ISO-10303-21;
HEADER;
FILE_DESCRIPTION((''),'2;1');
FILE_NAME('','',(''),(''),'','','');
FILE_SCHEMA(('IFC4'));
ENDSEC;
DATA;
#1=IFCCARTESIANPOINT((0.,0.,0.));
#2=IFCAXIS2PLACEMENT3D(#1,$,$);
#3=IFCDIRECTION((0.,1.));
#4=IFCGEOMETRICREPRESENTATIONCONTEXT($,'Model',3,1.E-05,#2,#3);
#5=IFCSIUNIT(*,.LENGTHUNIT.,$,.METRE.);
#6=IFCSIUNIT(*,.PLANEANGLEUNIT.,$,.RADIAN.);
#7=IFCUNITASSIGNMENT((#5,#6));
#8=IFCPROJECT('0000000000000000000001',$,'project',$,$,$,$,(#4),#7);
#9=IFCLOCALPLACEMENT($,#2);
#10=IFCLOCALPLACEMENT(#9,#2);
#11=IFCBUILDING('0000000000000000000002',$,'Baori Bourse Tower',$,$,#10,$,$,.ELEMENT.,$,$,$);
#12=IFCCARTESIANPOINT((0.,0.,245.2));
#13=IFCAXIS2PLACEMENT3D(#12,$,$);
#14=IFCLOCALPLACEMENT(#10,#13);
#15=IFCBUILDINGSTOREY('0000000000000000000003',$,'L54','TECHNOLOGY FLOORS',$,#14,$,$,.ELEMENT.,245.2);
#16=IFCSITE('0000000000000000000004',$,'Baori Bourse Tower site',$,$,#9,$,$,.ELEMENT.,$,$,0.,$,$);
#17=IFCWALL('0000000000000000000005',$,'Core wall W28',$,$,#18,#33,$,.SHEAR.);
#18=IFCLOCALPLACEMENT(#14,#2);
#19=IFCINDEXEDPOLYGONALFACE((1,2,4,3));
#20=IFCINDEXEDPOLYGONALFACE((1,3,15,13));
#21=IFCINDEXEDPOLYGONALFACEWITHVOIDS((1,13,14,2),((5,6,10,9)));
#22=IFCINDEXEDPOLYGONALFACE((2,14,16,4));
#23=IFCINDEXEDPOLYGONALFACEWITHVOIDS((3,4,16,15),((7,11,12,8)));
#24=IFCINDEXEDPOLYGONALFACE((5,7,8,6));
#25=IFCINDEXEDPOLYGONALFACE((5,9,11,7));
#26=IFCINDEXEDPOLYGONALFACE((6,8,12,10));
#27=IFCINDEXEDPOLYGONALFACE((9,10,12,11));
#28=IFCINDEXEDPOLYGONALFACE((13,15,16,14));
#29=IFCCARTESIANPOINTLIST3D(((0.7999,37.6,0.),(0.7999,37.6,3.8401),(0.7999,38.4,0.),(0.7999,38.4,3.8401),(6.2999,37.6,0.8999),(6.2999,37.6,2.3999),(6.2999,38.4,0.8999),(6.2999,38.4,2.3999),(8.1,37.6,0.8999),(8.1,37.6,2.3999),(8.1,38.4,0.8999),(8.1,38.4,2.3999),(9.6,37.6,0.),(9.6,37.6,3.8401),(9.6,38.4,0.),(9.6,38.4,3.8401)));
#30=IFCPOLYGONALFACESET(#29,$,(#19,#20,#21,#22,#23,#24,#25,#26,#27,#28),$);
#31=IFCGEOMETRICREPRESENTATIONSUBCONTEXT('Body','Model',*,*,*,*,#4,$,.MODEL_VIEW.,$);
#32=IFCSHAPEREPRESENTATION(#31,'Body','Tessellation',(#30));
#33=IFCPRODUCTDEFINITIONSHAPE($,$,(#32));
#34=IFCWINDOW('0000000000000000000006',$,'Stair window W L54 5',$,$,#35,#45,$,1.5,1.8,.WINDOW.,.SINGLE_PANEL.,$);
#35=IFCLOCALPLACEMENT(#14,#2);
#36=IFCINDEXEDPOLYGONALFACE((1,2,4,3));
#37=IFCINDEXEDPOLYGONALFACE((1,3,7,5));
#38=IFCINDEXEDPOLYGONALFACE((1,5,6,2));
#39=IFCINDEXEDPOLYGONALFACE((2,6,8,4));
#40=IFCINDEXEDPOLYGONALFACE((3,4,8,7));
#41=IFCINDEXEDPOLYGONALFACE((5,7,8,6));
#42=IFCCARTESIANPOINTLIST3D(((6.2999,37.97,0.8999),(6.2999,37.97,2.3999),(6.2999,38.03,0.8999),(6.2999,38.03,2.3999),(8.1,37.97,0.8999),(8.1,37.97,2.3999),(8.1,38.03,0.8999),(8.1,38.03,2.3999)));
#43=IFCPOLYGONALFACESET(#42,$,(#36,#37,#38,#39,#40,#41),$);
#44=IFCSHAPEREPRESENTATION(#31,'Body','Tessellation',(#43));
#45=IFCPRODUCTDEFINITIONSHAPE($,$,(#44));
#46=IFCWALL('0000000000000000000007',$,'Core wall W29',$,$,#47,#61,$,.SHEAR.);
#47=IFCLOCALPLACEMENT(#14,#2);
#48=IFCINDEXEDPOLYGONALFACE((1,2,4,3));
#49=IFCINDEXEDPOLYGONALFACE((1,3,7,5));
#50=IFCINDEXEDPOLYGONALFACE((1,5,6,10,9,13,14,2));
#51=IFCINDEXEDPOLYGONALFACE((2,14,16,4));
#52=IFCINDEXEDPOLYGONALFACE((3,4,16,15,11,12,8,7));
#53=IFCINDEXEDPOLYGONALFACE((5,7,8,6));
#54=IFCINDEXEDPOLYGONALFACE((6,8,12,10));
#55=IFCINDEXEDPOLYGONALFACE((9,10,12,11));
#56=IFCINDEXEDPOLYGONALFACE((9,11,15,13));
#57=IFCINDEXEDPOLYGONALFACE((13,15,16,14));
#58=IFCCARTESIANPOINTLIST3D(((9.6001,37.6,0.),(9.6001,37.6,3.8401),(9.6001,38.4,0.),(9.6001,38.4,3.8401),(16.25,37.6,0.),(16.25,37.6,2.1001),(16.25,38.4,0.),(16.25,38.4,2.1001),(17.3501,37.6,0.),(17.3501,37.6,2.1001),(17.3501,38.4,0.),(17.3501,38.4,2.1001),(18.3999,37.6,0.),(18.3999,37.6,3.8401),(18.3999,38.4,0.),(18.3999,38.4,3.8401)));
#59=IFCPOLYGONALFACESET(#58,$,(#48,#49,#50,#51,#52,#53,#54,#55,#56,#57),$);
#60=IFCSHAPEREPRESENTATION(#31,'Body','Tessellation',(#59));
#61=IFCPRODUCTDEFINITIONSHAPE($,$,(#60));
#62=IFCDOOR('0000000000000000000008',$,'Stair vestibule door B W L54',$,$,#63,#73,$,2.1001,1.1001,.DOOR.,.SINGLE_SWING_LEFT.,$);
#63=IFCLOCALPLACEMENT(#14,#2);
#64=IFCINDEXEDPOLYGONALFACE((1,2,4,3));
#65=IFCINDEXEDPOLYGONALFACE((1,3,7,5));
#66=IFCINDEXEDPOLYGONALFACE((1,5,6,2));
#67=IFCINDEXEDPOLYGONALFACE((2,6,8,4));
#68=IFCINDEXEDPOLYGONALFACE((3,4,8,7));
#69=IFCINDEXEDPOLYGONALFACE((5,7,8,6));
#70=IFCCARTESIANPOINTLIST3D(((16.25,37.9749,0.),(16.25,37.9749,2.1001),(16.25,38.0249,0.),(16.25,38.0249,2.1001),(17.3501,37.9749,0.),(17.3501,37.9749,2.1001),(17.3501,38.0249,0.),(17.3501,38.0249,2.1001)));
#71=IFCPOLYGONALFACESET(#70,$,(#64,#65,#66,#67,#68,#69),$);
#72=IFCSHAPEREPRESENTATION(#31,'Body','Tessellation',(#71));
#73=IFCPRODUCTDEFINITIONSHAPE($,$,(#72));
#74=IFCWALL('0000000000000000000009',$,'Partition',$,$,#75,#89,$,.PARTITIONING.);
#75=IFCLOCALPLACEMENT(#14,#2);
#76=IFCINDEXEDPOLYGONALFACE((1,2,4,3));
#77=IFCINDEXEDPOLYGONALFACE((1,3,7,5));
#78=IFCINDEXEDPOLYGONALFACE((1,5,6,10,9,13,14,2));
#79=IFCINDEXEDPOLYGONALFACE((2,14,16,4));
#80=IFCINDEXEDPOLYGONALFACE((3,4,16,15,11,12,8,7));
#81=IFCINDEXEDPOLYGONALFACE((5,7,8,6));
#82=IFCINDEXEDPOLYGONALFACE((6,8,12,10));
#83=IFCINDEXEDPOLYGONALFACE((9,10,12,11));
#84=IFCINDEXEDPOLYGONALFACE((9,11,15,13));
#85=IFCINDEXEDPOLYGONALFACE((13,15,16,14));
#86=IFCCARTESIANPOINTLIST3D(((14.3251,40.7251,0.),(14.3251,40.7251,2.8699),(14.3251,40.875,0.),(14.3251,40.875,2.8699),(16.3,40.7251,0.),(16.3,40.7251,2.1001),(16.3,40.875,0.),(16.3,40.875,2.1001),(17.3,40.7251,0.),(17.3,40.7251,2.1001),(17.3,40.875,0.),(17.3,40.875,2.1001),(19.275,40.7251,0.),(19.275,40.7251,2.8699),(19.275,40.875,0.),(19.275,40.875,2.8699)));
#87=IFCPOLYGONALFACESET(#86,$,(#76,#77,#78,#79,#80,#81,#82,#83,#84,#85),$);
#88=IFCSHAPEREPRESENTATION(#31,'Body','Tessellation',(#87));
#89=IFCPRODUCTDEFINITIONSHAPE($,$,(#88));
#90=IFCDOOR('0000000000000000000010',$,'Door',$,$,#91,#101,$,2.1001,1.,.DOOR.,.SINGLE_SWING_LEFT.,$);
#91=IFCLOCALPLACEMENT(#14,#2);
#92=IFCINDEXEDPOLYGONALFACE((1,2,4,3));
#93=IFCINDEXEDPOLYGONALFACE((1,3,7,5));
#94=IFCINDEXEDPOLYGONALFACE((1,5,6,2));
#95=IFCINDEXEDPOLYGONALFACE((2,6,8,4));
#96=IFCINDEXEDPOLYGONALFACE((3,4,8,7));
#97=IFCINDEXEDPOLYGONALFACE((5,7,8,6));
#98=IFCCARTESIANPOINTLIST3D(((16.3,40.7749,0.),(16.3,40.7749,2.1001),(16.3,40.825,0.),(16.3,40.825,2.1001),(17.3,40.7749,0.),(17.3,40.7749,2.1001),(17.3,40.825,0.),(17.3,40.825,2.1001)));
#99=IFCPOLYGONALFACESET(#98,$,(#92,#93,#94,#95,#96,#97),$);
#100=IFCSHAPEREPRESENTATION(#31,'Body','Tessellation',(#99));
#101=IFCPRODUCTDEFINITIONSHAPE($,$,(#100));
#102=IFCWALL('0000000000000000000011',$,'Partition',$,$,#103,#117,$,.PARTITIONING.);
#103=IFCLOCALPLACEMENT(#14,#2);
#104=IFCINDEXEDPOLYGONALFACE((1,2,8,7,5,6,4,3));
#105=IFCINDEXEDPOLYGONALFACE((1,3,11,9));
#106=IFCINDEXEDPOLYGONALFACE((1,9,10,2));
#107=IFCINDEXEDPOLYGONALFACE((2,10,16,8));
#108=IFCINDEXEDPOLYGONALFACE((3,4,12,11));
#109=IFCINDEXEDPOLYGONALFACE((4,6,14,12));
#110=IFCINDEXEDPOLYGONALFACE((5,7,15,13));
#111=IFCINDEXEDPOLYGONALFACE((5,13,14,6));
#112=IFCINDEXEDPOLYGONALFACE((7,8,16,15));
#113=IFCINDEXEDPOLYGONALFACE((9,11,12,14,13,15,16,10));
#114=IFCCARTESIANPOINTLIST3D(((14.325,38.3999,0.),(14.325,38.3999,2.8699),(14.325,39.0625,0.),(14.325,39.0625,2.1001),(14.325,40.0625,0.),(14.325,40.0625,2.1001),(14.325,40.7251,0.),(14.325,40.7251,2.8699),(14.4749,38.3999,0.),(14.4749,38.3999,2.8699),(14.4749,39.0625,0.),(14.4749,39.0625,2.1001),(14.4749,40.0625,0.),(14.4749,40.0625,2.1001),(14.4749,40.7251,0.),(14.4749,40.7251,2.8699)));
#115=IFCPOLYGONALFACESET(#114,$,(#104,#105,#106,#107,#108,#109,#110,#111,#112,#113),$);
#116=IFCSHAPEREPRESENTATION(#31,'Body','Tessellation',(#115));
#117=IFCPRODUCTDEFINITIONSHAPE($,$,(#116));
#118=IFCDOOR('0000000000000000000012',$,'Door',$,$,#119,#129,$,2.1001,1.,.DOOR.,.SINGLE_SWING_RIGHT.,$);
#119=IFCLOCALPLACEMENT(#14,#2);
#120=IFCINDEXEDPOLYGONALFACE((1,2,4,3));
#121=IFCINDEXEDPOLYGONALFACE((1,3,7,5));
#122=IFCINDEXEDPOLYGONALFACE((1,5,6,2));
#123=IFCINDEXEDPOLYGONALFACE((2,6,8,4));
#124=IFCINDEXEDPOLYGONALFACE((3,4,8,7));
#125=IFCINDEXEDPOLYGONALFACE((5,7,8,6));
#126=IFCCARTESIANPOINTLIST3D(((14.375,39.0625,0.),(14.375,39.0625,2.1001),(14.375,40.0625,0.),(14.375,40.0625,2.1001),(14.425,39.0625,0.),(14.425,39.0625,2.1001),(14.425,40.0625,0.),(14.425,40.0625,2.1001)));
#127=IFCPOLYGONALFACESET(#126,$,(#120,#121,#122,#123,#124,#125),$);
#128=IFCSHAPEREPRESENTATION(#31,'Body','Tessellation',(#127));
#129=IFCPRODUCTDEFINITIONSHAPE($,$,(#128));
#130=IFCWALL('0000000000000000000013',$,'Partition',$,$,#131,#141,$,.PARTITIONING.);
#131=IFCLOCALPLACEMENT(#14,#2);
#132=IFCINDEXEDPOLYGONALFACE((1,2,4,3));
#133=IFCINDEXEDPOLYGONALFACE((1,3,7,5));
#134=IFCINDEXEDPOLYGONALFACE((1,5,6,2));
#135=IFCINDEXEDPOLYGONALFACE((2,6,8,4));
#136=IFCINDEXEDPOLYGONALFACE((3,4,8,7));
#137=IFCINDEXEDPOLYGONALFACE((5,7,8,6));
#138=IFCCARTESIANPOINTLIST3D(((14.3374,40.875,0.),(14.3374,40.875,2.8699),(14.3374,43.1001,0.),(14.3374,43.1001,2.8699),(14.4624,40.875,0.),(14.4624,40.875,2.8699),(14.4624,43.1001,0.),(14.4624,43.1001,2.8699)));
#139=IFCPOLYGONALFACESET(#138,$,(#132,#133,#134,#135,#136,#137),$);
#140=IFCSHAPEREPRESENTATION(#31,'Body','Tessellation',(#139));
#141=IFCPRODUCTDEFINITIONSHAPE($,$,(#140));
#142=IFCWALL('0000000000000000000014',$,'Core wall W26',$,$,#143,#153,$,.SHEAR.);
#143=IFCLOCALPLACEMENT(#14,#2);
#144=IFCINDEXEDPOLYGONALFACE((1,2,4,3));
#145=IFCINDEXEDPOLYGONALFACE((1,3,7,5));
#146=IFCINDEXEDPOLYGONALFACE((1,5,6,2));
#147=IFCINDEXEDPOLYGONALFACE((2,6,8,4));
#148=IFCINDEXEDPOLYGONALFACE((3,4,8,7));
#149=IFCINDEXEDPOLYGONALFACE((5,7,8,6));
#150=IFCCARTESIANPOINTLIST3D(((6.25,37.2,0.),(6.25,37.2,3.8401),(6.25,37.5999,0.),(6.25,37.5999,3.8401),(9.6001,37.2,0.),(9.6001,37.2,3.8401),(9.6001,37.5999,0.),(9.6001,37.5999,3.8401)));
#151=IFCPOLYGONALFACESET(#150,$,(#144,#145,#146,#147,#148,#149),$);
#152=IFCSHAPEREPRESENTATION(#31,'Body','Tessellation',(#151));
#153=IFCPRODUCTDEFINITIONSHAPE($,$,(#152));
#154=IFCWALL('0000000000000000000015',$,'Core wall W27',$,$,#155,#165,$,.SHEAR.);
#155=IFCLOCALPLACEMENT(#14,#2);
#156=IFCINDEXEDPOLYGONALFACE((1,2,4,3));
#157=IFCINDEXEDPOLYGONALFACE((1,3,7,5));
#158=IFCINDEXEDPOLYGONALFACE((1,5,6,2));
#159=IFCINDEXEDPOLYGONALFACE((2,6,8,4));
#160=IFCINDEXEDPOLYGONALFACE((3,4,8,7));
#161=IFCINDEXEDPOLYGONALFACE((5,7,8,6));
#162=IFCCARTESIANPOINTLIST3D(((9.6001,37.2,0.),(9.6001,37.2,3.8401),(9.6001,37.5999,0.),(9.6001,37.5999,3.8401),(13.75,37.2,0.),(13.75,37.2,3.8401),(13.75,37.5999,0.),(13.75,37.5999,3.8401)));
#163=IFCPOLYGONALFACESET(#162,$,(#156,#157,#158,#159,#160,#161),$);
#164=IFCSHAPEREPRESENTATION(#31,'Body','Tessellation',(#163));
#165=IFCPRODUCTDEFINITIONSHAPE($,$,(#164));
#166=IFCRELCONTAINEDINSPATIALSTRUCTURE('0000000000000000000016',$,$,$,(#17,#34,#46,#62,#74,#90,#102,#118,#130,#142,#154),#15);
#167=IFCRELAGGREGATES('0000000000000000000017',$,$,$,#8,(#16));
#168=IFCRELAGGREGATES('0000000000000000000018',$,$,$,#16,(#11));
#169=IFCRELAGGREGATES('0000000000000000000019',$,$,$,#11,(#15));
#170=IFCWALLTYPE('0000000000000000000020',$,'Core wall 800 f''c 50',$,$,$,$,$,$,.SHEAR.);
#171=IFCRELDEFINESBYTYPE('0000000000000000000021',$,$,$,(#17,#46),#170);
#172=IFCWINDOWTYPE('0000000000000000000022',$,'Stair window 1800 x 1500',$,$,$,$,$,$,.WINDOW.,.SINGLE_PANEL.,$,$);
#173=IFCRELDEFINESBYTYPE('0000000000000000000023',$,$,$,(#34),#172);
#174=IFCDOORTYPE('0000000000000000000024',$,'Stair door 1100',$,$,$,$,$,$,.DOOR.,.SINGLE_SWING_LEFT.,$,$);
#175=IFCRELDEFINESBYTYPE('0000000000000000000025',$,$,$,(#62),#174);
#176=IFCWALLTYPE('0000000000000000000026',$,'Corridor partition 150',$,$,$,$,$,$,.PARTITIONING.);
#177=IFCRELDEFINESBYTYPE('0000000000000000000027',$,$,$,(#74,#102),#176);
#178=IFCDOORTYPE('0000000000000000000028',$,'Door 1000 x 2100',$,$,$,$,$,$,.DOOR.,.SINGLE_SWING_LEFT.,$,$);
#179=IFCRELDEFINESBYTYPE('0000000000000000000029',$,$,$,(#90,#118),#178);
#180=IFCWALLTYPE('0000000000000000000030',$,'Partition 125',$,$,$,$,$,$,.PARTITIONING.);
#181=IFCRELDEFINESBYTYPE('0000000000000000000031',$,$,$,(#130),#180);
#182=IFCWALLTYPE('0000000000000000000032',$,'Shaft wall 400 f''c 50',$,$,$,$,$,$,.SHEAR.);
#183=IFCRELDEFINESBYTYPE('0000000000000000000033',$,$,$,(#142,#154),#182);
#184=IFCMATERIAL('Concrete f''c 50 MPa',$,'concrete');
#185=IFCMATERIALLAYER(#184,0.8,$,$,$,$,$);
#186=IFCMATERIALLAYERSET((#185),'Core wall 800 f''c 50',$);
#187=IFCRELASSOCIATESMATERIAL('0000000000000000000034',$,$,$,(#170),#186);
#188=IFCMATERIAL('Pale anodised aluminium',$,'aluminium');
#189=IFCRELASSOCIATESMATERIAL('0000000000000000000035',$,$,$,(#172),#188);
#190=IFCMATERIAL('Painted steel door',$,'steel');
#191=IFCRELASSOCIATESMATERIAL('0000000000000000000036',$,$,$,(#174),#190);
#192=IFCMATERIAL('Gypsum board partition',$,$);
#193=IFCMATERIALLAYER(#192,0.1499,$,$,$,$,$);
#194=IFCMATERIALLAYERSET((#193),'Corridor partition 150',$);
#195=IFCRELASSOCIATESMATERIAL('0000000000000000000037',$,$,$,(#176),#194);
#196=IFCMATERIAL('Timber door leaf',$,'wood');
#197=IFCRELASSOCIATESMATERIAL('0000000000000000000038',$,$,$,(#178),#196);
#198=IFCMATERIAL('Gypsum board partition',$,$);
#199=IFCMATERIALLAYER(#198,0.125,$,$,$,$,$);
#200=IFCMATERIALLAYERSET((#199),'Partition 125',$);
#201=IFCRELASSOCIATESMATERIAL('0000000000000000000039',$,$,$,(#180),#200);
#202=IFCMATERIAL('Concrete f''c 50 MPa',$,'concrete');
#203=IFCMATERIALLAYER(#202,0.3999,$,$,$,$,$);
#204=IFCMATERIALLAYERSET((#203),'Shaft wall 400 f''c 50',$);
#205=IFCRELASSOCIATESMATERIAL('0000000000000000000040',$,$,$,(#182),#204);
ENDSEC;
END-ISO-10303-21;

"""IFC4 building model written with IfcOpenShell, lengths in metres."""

from ifc_helpers import new_model, si_unit, direction, frame, frame_2d, origin, place, context, subcontext, project, spatial, rectangle, extrude, material, layer, layer_set, type_object, element, fill, save


model = new_model("IFC4")

# Units and contexts
model_context = context("Model", 3, precision=1e-05, world=origin(), true_north=direction((0.0, 1.0)))
body_context = subcontext(model_context, "Body", "Model", "MODEL_VIEW")
ifc_project = project(units=[si_unit("LENGTHUNIT", "METRE"), si_unit("PLANEANGLEUNIT", "RADIAN")], contexts=[model_context])

# Site, building, storey
site_placement = place(None, origin())
site = spatial("IfcSite", under=ifc_project, at=site_placement, Name="Baori Bourse Tower site", CompositionType="ELEMENT", RefElevation=0.0)
building_placement = place(site_placement, origin())
building = spatial("IfcBuilding", under=site, at=building_placement, Name="Baori Bourse Tower", CompositionType="ELEMENT")
storey_placement = place(building_placement, frame((0.0, 0.0, 245.2)))
storey = spatial("IfcBuildingStorey", under=building, at=storey_placement, Name="L54", Description="TECHNOLOGY FLOORS", CompositionType="ELEMENT", Elevation=245.2)

# Wall, opening, window
ifc_material_1 = material(Name="Concrete f'c 50 MPa", Category="concrete")
ifc_layer_1 = layer(ifc_material_1, 0.8)
ifc_layer_set_1 = layer_set([ifc_layer_1], Name="Core wall 800 f'c 50")
wall_type_1 = type_object("IfcWallType", Name="Core wall 800 f'c 50", PredefinedType="SHEAR", material=ifc_layer_set_1)
wall_1_placement = place(storey_placement, frame((0.8, 38.0, 0.0), z_axis=(0.0, 0.0, 1.0), x_axis=(1.0, 0.0, 0.0)))
wall_1 = element("IfcWall", 1, at=wall_1_placement, inside=storey, type_object=wall_type_1, Name="Core wall W28", PredefinedType="SHEAR", context=body_context, shape_type="SweptSolid", body=[
    extrude(rectangle(XDim=8.8, YDim=0.8, at=frame_2d((4.3999, 0.0))), origin(), (0.0, 0.0, 1.0), 3.8401),
])
opening_1_placement = place(wall_1_placement, frame((5.5, 0.0, 0.8999)))
opening_1 = element("IfcOpeningElement", 2, at=opening_1_placement, cuts=wall_1, PredefinedType="OPENING", context=body_context, shape_type="SweptSolid", body=[
    extrude(rectangle(XDim=1.8, YDim=1.5, at=frame_2d((0.8999, 0.75))), frame((0.0, 0.4099, 0.0), z_axis=(0.0, -1.0, 0.0), x_axis=(1.0, 0.0, 0.0)), (0.0, 0.0, 1.0), 0.8201),
])
ifc_material_2 = material(Name="Pale anodised aluminium", Category="aluminium")
window_type = type_object("IfcWindowType", Name="Stair window 1800 x 1500", PartitioningType="SINGLE_PANEL", PredefinedType="WINDOW", material=ifc_material_2)
window_placement = place(opening_1_placement, origin())
window = element("IfcWindow", 3, at=window_placement, inside=storey, type_object=window_type, Name="Stair window W L54 5", OverallHeight=1.5, OverallWidth=1.8, PartitioningType="SINGLE_PANEL", PredefinedType="WINDOW", context=body_context, shape_type="SweptSolid", body=[
    extrude(rectangle(XDim=1.8, YDim=1.5, at=frame_2d((0.8999, 0.75))), frame((0.0, 0.03, 0.0), z_axis=(0.0, -1.0, 0.0), x_axis=(1.0, 0.0, 0.0)), (0.0, 0.0, 1.0), 0.0601),
])
fill(opening_1, window)

# Walls, openings, doors
wall_2_placement = place(storey_placement, frame((9.6001, 38.0, 0.0), z_axis=(0.0, 0.0, 1.0), x_axis=(1.0, 0.0, 0.0)))
wall_2 = element("IfcWall", 4, at=wall_2_placement, inside=storey, type_object=wall_type_1, Name="Core wall W29", PredefinedType="SHEAR", context=body_context, shape_type="SweptSolid", body=[
    extrude(rectangle(XDim=8.7998, YDim=0.8, at=frame_2d((4.3999, 0.0))), origin(), (0.0, 0.0, 1.0), 3.8401),
])
opening_2_placement = place(wall_2_placement, frame((6.6499, 0.0, 0.0)))
opening_2 = element("IfcOpeningElement", 5, at=opening_2_placement, cuts=wall_2, PredefinedType="OPENING", context=body_context, shape_type="SweptSolid", body=[
    extrude(rectangle(XDim=1.1001, YDim=2.1001, at=frame_2d((0.55, 1.05))), frame((0.0, 0.4099, 0.0), z_axis=(0.0, -1.0, 0.0), x_axis=(1.0, 0.0, 0.0)), (0.0, 0.0, 1.0), 0.8201),
])
ifc_material_3 = material(Name="Painted steel door", Category="steel")
door_type_1 = type_object("IfcDoorType", Name="Stair door 1100", OperationType="SINGLE_SWING_LEFT", PredefinedType="DOOR", material=ifc_material_3)
door_1_placement = place(opening_2_placement, origin())
door_1 = element("IfcDoor", 6, at=door_1_placement, inside=storey, type_object=door_type_1, Name="Stair vestibule door B W L54", OperationType="SINGLE_SWING_LEFT", OverallHeight=2.1001, OverallWidth=1.1001, PredefinedType="DOOR", context=body_context, shape_type="SweptSolid", body=[
    extrude(rectangle(XDim=1.1001, YDim=2.1001, at=frame_2d((0.55, 1.05))), frame((0.0, 0.0249, 0.0), z_axis=(0.0, -1.0, 0.0), x_axis=(1.0, 0.0, 0.0)), (0.0, 0.0, 1.0), 0.05),
])
fill(opening_2, door_1)
ifc_material_4 = material(Name="Gypsum board partition")
ifc_layer_2 = layer(ifc_material_4, 0.1499)
ifc_layer_set_2 = layer_set([ifc_layer_2], Name="Corridor partition 150")
wall_type_2 = type_object("IfcWallType", Name="Corridor partition 150", PredefinedType="PARTITIONING", material=ifc_layer_set_2)
wall_3_placement = place(storey_placement, frame((14.325, 40.8, 0.0), z_axis=(0.0, 0.0, 1.0), x_axis=(1.0, 0.0, 0.0)))
wall_3 = element("IfcWall", 7, at=wall_3_placement, inside=storey, type_object=wall_type_2, Name="Partition", PredefinedType="PARTITIONING", context=body_context, shape_type="SweptSolid", body=[
    extrude(rectangle(XDim=4.95, YDim=0.1499, at=frame_2d((2.4751, 0.0))), origin(), (0.0, 0.0, 1.0), 2.8699),
])
opening_3_placement = place(wall_3_placement, frame((1.9751, 0.0, 0.0)))
opening_3 = element("IfcOpeningElement", 8, at=opening_3_placement, cuts=wall_3, PredefinedType="OPENING", context=body_context, shape_type="SweptSolid", body=[
    extrude(rectangle(XDim=1.0, YDim=2.1001, at=frame_2d((0.5, 1.05))), frame((0.0, 0.085, 0.0), z_axis=(0.0, -1.0, 0.0), x_axis=(1.0, 0.0, 0.0)), (0.0, 0.0, 1.0), 0.1699),
])
ifc_material_5 = material(Name="Timber door leaf", Category="wood")
door_type_2 = type_object("IfcDoorType", Name="Door 1000 x 2100", OperationType="SINGLE_SWING_LEFT", PredefinedType="DOOR", material=ifc_material_5)
door_2_placement = place(opening_3_placement, origin())
door_2 = element("IfcDoor", 9, at=door_2_placement, inside=storey, type_object=door_type_2, Name="Door", OperationType="SINGLE_SWING_LEFT", OverallHeight=2.1001, OverallWidth=1.0, PredefinedType="DOOR", context=body_context, shape_type="SweptSolid", body=[
    extrude(rectangle(XDim=1.0, YDim=2.1001, at=frame_2d((0.5, 1.05))), frame((0.0, 0.0249, 0.0), z_axis=(0.0, -1.0, 0.0), x_axis=(1.0, 0.0, 0.0)), (0.0, 0.0, 1.0), 0.05),
])
fill(opening_3, door_2)
wall_4_placement = place(storey_placement, frame((14.3999, 38.3999, 0.0), z_axis=(0.0, 0.0, 1.0), x_axis=(0.0, 1.0, 0.0)))
wall_4 = element("IfcWall", 10, at=wall_4_placement, inside=storey, type_object=wall_type_2, Name="Partition", PredefinedType="PARTITIONING", context=body_context, shape_type="SweptSolid", body=[
    extrude(rectangle(XDim=2.3252, YDim=0.1499, at=frame_2d((1.1626, 0.0))), origin(), (0.0, 0.0, 1.0), 2.8699),
])
opening_4_placement = place(wall_4_placement, frame((0.6626, 0.0, 0.0)))
opening_4 = element("IfcOpeningElement", 11, at=opening_4_placement, cuts=wall_4, PredefinedType="OPENING", context=body_context, shape_type="SweptSolid", body=[
    extrude(rectangle(XDim=1.0, YDim=2.1001, at=frame_2d((0.5, 1.05))), frame((0.0, 0.085, 0.0), z_axis=(0.0, -1.0, 0.0), x_axis=(1.0, 0.0, 0.0)), (0.0, 0.0, 1.0), 0.1699),
])
door_3_placement = place(opening_4_placement, origin())
door_3 = element("IfcDoor", 12, at=door_3_placement, inside=storey, type_object=door_type_2, Name="Door", OperationType="SINGLE_SWING_RIGHT", OverallHeight=2.1001, OverallWidth=1.0, PredefinedType="DOOR", context=body_context, shape_type="SweptSolid", body=[
    extrude(rectangle(XDim=1.0, YDim=2.1001, at=frame_2d((0.5, 1.05))), frame((0.0, 0.0249, 0.0), z_axis=(0.0, -1.0, 0.0), x_axis=(1.0, 0.0, 0.0)), (0.0, 0.0, 1.0), 0.05),
])
fill(opening_4, door_3)

# Walls
ifc_material_6 = material(Name="Gypsum board partition")
ifc_layer_3 = layer(ifc_material_6, 0.125)
ifc_layer_set_3 = layer_set([ifc_layer_3], Name="Partition 125")
wall_type_3 = type_object("IfcWallType", Name="Partition 125", PredefinedType="PARTITIONING", material=ifc_layer_set_3)
wall_5_placement = place(storey_placement, frame((14.3999, 40.875, 0.0), z_axis=(0.0, 0.0, 1.0), x_axis=(0.0, 1.0, 0.0)))
element("IfcWall", 13, at=wall_5_placement, inside=storey, type_object=wall_type_3, Name="Partition", PredefinedType="PARTITIONING", context=body_context, shape_type="SweptSolid", body=[
    extrude(rectangle(XDim=2.2251, YDim=0.125, at=frame_2d((1.1125, 0.0))), origin(), (0.0, 0.0, 1.0), 2.8699),
])
ifc_material_7 = material(Name="Concrete f'c 50 MPa", Category="concrete")
ifc_layer_4 = layer(ifc_material_7, 0.3999)
ifc_layer_set_4 = layer_set([ifc_layer_4], Name="Shaft wall 400 f'c 50")
wall_type_4 = type_object("IfcWallType", Name="Shaft wall 400 f'c 50", PredefinedType="SHEAR", material=ifc_layer_set_4)
wall_6_placement = place(storey_placement, frame((6.25, 37.3999, 0.0), z_axis=(0.0, 0.0, 1.0), x_axis=(1.0, 0.0, 0.0)))
element("IfcWall", 14, at=wall_6_placement, inside=storey, type_object=wall_type_4, Name="Core wall W26", PredefinedType="SHEAR", context=body_context, shape_type="SweptSolid", body=[
    extrude(rectangle(XDim=3.3501, YDim=0.3999, at=frame_2d((1.675, 0.0))), origin(), (0.0, 0.0, 1.0), 3.8401),
])
wall_7_placement = place(storey_placement, frame((9.6001, 37.3999, 0.0), z_axis=(0.0, 0.0, 1.0), x_axis=(1.0, 0.0, 0.0)))
element("IfcWall", 15, at=wall_7_placement, inside=storey, type_object=wall_type_4, Name="Core wall W27", PredefinedType="SHEAR", context=body_context, shape_type="SweptSolid", body=[
    extrude(rectangle(XDim=4.1499, YDim=0.3999, at=frame_2d((2.075, 0.0))), origin(), (0.0, 0.0, 1.0), 3.8401),
])

save(model, "model.ifc")
